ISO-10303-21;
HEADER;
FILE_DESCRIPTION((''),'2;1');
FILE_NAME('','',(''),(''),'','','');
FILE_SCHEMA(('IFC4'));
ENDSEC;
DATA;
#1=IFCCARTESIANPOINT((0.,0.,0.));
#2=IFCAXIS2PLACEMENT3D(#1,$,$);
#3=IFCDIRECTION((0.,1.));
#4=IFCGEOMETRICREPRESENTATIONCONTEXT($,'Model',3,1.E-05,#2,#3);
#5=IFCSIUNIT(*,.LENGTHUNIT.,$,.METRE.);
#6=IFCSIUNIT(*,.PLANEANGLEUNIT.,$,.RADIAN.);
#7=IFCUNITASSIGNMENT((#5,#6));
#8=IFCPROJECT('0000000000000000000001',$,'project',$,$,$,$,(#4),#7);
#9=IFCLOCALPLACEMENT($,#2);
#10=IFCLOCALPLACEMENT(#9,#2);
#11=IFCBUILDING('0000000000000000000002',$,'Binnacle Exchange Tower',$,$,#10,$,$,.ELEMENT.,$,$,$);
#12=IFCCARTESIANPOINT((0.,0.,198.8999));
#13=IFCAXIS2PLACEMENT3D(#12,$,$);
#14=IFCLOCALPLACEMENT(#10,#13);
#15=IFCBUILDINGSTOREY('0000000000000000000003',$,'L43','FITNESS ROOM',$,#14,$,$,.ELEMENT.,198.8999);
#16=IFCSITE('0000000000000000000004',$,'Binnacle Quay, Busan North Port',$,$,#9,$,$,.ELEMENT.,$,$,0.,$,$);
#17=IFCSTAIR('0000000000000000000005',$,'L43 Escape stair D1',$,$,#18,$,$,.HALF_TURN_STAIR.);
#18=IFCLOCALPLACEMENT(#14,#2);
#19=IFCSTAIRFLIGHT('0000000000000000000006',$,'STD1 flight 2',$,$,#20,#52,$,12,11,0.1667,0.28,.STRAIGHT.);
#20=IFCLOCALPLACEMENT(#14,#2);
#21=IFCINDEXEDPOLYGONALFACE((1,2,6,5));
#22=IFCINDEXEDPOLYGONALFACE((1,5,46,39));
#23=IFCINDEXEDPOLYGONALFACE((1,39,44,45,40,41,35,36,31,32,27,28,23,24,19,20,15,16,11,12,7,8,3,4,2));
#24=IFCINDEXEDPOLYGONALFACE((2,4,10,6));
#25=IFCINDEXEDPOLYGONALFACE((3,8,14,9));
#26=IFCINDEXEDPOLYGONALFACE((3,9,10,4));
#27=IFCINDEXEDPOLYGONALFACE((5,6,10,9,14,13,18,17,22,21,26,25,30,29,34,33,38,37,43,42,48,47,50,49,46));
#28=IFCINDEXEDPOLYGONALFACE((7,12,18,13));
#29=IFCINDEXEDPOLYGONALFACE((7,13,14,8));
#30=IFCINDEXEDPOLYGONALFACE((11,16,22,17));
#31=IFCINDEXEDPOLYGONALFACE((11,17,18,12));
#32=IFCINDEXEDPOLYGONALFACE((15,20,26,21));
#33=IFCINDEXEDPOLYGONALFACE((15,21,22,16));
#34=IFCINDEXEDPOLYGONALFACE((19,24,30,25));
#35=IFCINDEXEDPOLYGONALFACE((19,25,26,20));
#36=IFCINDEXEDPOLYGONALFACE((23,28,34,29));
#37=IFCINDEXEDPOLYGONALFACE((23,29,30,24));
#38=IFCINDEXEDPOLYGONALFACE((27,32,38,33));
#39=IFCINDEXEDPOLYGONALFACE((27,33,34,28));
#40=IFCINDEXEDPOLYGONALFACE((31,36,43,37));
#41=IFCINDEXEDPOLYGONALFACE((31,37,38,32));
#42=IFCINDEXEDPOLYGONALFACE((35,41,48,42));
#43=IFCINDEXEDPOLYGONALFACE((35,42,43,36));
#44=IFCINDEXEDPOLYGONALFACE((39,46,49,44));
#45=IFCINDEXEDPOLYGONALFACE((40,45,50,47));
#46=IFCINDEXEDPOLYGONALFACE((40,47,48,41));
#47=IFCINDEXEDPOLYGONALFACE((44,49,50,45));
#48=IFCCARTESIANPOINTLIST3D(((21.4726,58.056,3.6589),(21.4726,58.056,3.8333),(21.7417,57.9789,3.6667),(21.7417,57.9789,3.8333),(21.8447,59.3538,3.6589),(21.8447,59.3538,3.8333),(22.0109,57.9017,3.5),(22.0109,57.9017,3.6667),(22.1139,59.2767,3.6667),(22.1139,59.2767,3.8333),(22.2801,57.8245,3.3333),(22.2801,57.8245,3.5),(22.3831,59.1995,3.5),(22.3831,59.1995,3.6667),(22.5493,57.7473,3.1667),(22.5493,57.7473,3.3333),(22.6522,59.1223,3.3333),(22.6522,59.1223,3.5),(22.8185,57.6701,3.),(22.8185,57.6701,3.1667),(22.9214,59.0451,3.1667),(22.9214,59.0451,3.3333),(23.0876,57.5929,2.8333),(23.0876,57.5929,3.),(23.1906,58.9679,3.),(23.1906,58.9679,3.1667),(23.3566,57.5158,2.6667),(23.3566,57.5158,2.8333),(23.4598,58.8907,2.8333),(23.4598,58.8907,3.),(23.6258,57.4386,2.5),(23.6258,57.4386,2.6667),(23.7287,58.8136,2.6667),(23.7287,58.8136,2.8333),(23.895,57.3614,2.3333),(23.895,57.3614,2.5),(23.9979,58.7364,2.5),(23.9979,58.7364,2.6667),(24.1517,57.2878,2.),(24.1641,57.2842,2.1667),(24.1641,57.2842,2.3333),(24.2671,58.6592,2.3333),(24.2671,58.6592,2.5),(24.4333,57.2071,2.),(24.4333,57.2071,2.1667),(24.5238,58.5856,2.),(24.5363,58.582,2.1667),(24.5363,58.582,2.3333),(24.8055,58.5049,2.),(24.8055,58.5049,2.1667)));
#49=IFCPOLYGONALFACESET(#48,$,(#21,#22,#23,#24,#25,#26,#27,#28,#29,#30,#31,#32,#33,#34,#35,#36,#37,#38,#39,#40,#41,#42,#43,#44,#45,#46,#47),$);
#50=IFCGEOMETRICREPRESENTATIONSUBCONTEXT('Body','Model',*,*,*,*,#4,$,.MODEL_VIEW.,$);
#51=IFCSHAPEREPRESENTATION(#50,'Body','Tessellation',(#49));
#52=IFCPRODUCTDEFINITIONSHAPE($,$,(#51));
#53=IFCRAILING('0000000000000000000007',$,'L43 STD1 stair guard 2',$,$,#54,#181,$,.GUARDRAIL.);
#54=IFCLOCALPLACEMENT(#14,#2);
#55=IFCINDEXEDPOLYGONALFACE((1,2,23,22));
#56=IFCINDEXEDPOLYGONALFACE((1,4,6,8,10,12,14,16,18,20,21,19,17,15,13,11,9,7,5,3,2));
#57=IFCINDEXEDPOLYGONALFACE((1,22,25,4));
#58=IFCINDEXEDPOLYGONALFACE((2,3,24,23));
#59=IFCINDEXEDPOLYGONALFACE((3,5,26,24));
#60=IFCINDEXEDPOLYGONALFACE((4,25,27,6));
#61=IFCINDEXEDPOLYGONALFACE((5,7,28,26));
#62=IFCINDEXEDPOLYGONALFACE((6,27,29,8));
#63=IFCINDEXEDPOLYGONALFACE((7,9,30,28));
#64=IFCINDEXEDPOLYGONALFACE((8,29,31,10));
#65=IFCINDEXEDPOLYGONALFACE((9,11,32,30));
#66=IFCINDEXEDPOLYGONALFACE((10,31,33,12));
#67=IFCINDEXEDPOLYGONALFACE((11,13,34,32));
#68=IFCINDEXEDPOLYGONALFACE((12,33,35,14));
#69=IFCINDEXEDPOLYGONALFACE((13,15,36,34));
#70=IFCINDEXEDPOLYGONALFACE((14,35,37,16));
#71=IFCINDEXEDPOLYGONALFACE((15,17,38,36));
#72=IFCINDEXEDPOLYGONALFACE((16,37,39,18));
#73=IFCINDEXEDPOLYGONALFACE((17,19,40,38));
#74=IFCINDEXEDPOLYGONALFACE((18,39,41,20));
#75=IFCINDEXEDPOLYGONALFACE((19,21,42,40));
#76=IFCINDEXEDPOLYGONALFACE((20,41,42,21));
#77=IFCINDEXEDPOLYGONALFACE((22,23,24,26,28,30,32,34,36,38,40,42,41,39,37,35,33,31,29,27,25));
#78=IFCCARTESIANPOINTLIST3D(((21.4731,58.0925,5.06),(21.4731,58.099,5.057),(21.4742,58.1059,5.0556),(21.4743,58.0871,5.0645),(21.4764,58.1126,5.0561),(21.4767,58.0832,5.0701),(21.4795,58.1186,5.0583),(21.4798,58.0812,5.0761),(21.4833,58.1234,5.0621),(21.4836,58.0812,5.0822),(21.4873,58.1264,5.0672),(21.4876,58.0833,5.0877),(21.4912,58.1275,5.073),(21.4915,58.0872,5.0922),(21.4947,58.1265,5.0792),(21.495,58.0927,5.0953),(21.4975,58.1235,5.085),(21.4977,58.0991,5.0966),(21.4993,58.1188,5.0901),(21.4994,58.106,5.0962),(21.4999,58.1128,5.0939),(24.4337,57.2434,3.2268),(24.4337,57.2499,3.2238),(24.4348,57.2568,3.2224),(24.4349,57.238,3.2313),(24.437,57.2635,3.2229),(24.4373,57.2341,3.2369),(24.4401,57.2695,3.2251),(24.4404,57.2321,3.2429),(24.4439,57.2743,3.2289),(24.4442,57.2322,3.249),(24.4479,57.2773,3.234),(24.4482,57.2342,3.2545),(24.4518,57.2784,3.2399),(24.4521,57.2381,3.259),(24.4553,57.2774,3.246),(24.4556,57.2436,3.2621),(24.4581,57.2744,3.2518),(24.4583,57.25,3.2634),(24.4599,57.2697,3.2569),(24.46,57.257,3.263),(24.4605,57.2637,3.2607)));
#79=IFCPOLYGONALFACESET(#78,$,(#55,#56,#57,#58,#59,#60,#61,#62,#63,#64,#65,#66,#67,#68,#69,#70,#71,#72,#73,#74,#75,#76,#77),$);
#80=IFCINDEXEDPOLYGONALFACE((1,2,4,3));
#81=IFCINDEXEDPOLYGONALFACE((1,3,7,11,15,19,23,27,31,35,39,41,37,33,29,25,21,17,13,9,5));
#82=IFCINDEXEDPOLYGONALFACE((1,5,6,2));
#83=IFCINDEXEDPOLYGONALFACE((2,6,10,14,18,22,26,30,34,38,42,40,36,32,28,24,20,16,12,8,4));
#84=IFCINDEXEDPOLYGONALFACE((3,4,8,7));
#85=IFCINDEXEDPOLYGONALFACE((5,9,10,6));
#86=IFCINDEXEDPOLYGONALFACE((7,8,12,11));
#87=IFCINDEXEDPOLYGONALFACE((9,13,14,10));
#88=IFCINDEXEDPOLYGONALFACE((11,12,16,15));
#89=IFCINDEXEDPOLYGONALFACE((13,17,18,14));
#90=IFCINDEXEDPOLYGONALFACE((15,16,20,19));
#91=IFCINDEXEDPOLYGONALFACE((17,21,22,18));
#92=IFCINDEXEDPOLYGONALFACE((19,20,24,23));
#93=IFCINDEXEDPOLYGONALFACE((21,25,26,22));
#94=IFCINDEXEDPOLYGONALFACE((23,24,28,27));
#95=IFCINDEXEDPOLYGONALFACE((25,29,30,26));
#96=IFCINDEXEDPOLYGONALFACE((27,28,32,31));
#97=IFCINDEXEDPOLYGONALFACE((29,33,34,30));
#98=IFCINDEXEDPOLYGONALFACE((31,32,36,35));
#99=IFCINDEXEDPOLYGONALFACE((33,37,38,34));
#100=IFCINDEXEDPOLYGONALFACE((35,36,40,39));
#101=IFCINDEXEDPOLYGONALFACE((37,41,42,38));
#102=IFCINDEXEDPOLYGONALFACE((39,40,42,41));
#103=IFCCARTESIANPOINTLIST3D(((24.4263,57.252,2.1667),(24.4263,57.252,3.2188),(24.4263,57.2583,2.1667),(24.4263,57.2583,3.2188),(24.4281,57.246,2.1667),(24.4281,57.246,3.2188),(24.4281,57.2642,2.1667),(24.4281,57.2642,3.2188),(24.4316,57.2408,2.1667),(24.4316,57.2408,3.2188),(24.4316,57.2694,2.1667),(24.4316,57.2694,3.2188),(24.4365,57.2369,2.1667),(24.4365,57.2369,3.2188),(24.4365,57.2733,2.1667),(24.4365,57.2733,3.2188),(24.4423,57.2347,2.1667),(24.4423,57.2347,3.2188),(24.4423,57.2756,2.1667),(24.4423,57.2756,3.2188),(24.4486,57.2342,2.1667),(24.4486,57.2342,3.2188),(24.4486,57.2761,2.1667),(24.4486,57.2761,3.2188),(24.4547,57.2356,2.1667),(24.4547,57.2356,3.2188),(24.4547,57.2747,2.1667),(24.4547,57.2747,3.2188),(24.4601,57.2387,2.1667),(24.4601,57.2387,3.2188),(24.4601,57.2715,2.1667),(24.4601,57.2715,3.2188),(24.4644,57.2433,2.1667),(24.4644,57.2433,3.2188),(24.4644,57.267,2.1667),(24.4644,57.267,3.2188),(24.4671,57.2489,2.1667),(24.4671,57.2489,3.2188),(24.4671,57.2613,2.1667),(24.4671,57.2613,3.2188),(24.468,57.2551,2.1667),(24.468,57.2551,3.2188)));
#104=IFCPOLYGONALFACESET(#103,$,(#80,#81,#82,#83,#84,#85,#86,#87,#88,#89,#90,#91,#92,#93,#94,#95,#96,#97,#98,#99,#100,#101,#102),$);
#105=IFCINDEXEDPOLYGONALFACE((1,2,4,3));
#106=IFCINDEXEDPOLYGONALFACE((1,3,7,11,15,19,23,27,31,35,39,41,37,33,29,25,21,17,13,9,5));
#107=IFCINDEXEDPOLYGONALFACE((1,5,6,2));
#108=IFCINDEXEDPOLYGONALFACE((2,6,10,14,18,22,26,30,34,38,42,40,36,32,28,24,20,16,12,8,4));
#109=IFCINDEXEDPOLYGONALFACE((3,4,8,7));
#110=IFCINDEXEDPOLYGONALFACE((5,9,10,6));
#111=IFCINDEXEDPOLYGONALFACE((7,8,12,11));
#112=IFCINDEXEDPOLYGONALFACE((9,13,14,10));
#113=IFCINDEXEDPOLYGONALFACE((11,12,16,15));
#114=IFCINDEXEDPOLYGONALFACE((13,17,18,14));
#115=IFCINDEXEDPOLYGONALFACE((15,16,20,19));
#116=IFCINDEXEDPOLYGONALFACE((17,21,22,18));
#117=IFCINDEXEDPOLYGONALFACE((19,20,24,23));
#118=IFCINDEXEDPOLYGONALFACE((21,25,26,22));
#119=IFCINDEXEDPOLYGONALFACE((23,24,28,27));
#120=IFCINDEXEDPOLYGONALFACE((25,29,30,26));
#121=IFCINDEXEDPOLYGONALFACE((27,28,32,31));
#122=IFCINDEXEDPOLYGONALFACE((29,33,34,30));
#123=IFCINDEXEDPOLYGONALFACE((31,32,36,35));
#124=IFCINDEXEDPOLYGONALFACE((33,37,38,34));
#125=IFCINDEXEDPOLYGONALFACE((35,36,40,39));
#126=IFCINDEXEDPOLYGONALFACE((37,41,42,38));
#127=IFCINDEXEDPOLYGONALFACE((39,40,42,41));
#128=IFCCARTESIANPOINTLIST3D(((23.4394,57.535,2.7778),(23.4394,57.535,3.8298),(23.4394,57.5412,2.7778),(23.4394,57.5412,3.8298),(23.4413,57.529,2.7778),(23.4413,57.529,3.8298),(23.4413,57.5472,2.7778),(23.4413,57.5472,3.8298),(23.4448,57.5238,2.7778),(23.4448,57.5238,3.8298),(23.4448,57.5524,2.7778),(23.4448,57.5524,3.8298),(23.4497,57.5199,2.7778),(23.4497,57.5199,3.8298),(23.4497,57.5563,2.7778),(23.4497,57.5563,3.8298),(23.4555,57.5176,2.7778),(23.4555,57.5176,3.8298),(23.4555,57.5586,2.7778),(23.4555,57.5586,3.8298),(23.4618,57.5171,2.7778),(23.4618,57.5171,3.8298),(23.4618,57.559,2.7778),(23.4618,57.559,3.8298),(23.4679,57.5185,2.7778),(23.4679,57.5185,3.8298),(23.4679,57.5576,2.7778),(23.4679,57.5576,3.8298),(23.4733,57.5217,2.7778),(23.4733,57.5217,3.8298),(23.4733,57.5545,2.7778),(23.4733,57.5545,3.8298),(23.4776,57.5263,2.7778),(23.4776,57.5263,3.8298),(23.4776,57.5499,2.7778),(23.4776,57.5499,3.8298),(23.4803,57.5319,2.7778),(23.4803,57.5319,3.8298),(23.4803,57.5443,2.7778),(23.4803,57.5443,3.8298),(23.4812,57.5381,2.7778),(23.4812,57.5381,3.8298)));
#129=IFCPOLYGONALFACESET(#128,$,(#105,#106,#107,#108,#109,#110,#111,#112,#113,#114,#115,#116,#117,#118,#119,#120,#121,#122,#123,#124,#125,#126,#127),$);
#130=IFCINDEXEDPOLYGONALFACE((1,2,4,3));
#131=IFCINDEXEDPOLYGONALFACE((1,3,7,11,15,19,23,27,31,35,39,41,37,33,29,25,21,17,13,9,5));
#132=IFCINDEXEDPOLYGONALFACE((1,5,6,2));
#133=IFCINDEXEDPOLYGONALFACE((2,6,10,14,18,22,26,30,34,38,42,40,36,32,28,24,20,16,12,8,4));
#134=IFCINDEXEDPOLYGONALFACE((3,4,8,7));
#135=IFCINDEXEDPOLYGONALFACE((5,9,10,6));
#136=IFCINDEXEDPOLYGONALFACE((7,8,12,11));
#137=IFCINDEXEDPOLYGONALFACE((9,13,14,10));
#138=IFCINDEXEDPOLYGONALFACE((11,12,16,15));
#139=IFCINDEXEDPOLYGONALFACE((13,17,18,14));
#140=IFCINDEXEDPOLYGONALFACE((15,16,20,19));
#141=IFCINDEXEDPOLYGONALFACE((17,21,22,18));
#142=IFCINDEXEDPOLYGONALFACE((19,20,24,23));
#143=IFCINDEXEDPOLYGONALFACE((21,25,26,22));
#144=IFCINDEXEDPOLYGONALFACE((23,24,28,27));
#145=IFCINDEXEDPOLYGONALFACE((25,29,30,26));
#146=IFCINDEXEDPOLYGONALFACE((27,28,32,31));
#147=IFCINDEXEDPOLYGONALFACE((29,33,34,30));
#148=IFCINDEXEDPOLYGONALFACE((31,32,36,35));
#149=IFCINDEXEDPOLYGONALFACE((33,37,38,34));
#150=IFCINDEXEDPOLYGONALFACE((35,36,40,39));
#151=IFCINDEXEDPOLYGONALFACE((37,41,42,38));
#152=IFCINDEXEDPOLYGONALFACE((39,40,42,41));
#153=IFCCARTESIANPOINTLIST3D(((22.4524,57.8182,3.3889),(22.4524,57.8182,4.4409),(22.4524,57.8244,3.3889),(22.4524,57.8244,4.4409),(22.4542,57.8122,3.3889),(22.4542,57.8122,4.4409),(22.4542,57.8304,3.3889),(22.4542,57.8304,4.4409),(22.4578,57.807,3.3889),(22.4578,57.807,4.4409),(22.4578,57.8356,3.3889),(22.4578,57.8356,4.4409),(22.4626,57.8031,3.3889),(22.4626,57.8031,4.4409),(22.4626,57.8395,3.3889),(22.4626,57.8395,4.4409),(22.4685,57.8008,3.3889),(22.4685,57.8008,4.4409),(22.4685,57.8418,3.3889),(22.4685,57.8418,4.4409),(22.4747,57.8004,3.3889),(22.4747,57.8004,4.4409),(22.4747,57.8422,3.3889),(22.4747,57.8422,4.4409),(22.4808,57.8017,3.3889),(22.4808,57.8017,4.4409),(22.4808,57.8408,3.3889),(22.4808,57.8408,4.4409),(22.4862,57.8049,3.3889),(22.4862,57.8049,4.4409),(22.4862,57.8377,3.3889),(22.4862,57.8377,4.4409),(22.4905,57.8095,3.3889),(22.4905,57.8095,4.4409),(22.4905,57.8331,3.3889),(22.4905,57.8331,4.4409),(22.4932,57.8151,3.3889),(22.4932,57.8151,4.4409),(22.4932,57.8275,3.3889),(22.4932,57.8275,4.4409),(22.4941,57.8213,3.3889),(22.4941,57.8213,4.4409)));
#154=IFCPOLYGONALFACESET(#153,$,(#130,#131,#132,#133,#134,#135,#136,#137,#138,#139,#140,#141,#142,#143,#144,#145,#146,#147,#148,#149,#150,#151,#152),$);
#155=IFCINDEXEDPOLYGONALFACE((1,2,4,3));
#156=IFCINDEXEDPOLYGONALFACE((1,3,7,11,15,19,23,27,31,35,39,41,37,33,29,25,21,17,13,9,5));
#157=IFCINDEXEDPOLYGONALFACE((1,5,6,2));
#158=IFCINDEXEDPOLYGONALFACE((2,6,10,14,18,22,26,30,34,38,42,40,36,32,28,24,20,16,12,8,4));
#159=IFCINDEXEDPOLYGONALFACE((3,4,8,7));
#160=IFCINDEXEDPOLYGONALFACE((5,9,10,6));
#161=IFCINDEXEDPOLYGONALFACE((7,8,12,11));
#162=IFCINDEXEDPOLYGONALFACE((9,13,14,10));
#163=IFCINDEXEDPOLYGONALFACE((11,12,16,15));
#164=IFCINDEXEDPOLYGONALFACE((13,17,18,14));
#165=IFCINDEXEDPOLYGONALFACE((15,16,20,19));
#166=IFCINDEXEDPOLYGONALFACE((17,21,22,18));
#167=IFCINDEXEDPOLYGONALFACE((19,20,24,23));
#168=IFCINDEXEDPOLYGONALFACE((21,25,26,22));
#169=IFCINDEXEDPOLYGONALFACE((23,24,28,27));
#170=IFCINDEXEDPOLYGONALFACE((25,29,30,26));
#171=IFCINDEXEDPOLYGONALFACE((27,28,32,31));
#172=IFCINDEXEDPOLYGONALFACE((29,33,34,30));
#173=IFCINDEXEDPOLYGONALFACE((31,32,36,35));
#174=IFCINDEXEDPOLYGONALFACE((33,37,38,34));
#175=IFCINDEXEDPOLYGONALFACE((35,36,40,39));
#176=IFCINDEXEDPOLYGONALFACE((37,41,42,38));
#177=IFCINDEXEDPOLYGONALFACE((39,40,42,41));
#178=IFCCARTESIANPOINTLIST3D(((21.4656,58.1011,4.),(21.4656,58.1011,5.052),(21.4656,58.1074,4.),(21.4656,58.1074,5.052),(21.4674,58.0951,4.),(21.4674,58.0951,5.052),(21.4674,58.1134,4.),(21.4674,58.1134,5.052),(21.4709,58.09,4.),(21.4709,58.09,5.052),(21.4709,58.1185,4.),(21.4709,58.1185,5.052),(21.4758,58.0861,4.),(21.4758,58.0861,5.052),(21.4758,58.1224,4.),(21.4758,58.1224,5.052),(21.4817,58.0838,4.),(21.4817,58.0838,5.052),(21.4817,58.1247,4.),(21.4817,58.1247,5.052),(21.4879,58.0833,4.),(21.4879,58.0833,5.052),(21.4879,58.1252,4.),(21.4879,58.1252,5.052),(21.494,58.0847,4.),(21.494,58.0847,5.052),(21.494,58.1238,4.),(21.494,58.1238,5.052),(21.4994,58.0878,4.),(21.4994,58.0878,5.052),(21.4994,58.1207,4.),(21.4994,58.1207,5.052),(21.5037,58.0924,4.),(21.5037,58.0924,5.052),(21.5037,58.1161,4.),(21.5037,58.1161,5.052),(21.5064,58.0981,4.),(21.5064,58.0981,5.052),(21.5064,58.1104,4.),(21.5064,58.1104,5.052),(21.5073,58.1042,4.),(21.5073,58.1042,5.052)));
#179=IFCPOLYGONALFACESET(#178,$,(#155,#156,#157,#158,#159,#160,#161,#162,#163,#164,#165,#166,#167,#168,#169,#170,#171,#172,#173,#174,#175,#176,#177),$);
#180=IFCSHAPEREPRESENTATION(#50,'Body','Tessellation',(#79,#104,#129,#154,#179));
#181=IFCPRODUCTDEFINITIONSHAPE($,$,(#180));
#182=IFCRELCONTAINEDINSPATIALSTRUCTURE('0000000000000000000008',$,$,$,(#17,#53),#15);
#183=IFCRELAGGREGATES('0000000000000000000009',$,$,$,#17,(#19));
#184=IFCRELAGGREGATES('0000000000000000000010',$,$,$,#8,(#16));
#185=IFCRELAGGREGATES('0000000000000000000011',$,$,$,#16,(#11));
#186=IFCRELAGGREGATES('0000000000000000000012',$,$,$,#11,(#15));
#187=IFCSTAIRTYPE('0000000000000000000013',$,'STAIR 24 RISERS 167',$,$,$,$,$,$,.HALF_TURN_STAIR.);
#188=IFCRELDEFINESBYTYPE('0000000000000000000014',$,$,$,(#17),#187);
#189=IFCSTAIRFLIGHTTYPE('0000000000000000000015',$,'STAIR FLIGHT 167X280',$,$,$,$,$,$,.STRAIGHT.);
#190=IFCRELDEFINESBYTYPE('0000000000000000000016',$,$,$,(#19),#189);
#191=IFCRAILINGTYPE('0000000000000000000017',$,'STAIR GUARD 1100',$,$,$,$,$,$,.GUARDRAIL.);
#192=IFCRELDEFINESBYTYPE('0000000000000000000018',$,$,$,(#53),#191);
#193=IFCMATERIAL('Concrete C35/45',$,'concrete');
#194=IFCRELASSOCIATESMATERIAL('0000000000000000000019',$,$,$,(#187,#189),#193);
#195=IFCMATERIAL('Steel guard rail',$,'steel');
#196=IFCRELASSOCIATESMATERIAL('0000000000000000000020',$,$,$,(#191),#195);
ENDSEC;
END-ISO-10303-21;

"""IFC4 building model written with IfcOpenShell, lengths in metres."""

from ifc_helpers import new_model, si_unit, direction, frame, origin, origin_2d, place, context, subcontext, project, spatial, polyline, circle, outline, extrude, material, type_object, element, aggregate, save


model = new_model("IFC4")

# Units and contexts
model_context = context("Model", 3, precision=1e-05, world=origin(), true_north=direction((0.0, 1.0)))
body_context = subcontext(model_context, "Body", "Model", "MODEL_VIEW")
ifc_project = project(units=[si_unit("LENGTHUNIT", "METRE"), si_unit("PLANEANGLEUNIT", "RADIAN")], contexts=[model_context])

# Site, building, storey
site_placement = place(None, origin())
site = spatial("IfcSite", under=ifc_project, at=site_placement, Name="Binnacle Quay, Busan North Port", CompositionType="ELEMENT", RefElevation=0.0)
building_placement = place(site_placement, origin())
building = spatial("IfcBuilding", under=site, at=building_placement, Name="Binnacle Exchange Tower", CompositionType="ELEMENT")
storey_placement = place(building_placement, frame((0.0, 0.0, 198.8999)))
storey = spatial("IfcBuildingStorey", under=building, at=storey_placement, Name="L43", Description="FITNESS ROOM", CompositionType="ELEMENT", Elevation=198.8999)

# Stair, stair flight
ifc_material_1 = material(Name="Concrete C35/45", Category="concrete")
stair_type = type_object("IfcStairType", Name="STAIR 24 RISERS 167", PredefinedType="HALF_TURN_STAIR", material=ifc_material_1)
stair_placement = place(storey_placement, origin())
stair = element("IfcStair", 1, at=stair_placement, inside=storey, type_object=stair_type, Name="L43 Escape stair D1", PredefinedType="HALF_TURN_STAIR")
stair_flight_type = type_object("IfcStairFlightType", Name="STAIR FLIGHT 167X280", PredefinedType="STRAIGHT", material=ifc_material_1)
stair_flight_1_placement = place(storey_placement, frame((24.6194, 57.856, 2.0), z_axis=(0.0, 0.0, 1.0), x_axis=(-0.961262, 0.275637, 0.0)))
stair_flight_1 = element("IfcStairFlight", 2, at=stair_flight_1_placement, type_object=stair_flight_type, Name="STD1 flight 2", NumberOfRisers=12, NumberOfTreads=11, PredefinedType="STRAIGHT", RiserHeight=0.1667, TreadLength=0.28, context=body_context, shape_type="SweptSolid", body=[
    extrude(outline(polyline([(0.0, 0.0), (0.0, 0.1667), (0.28, 0.1667), (0.28, 0.3333), (0.5601, 0.3333), (0.5601, 0.5), (0.8401, 0.5), (0.8401, 0.6667), (1.1201, 0.6667), (1.1201, 0.8333), (1.3999, 0.8333), (1.3999, 1.0), (1.6799, 1.0), (1.6799, 1.1667), (1.96, 1.1667), (1.96, 1.3333), (2.24, 1.3333), (2.24, 1.5), (2.52, 1.5), (2.52, 1.6667), (2.8, 1.6667), (2.8, 1.8333), (3.0801, 1.8333), (3.0801, 2.0), (3.0801, 1.6589), (0.293, 0.0), (0.0, 0.0)])), frame((0.0, 0.675, 0.0), z_axis=(0.0, -1.0, 0.0), x_axis=(1.0, 0.0, 0.0)), (0.0, 0.0, 1.0), 1.3501),
])
aggregate(stair, [stair_flight_1])

# Railing
ifc_material_2 = material(Name="Steel guard rail", Category="steel")
railing_type_1 = type_object("IfcRailingType", Name="STAIR GUARD 1100", PredefinedType="GUARDRAIL", material=ifc_material_2)
railing_1_placement = place(storey_placement, frame((24.447, 57.2551, 2.1667)))
element("IfcRailing", 3, at=railing_1_placement, inside=storey, type_object=railing_type_1, Name="L43 STD1 stair guard 2", PredefinedType="GUARDRAIL", context=body_context, shape_type="SweptSolid", body=[
    extrude(circle(Radius=0.0239, at=origin_2d()), frame((0.0, 0.0, 1.0762), z_axis=(-0.826007, 0.236897, 0.511461), x_axis=(-0.275684, -0.961248, 0.0)), (0.0, 0.0, 1.0), 3.5842),
    extrude(circle(Radius=0.021, at=origin_2d()), origin(), (0.0, 0.0, 1.0), 1.052),
    extrude(circle(Radius=0.021, at=origin_2d()), frame((-0.9868, 0.283, 0.6111)), (0.0, 0.0, 1.0), 1.052),
    extrude(circle(Radius=0.021, at=origin_2d()), frame((-1.9739, 0.5662, 1.2222)), (0.0, 0.0, 1.0), 1.052),
    extrude(circle(Radius=0.021, at=origin_2d()), frame((-2.9607, 0.8491, 1.8333)), (0.0, 0.0, 1.0), 1.052),
])

save(model, "model.ifc")
